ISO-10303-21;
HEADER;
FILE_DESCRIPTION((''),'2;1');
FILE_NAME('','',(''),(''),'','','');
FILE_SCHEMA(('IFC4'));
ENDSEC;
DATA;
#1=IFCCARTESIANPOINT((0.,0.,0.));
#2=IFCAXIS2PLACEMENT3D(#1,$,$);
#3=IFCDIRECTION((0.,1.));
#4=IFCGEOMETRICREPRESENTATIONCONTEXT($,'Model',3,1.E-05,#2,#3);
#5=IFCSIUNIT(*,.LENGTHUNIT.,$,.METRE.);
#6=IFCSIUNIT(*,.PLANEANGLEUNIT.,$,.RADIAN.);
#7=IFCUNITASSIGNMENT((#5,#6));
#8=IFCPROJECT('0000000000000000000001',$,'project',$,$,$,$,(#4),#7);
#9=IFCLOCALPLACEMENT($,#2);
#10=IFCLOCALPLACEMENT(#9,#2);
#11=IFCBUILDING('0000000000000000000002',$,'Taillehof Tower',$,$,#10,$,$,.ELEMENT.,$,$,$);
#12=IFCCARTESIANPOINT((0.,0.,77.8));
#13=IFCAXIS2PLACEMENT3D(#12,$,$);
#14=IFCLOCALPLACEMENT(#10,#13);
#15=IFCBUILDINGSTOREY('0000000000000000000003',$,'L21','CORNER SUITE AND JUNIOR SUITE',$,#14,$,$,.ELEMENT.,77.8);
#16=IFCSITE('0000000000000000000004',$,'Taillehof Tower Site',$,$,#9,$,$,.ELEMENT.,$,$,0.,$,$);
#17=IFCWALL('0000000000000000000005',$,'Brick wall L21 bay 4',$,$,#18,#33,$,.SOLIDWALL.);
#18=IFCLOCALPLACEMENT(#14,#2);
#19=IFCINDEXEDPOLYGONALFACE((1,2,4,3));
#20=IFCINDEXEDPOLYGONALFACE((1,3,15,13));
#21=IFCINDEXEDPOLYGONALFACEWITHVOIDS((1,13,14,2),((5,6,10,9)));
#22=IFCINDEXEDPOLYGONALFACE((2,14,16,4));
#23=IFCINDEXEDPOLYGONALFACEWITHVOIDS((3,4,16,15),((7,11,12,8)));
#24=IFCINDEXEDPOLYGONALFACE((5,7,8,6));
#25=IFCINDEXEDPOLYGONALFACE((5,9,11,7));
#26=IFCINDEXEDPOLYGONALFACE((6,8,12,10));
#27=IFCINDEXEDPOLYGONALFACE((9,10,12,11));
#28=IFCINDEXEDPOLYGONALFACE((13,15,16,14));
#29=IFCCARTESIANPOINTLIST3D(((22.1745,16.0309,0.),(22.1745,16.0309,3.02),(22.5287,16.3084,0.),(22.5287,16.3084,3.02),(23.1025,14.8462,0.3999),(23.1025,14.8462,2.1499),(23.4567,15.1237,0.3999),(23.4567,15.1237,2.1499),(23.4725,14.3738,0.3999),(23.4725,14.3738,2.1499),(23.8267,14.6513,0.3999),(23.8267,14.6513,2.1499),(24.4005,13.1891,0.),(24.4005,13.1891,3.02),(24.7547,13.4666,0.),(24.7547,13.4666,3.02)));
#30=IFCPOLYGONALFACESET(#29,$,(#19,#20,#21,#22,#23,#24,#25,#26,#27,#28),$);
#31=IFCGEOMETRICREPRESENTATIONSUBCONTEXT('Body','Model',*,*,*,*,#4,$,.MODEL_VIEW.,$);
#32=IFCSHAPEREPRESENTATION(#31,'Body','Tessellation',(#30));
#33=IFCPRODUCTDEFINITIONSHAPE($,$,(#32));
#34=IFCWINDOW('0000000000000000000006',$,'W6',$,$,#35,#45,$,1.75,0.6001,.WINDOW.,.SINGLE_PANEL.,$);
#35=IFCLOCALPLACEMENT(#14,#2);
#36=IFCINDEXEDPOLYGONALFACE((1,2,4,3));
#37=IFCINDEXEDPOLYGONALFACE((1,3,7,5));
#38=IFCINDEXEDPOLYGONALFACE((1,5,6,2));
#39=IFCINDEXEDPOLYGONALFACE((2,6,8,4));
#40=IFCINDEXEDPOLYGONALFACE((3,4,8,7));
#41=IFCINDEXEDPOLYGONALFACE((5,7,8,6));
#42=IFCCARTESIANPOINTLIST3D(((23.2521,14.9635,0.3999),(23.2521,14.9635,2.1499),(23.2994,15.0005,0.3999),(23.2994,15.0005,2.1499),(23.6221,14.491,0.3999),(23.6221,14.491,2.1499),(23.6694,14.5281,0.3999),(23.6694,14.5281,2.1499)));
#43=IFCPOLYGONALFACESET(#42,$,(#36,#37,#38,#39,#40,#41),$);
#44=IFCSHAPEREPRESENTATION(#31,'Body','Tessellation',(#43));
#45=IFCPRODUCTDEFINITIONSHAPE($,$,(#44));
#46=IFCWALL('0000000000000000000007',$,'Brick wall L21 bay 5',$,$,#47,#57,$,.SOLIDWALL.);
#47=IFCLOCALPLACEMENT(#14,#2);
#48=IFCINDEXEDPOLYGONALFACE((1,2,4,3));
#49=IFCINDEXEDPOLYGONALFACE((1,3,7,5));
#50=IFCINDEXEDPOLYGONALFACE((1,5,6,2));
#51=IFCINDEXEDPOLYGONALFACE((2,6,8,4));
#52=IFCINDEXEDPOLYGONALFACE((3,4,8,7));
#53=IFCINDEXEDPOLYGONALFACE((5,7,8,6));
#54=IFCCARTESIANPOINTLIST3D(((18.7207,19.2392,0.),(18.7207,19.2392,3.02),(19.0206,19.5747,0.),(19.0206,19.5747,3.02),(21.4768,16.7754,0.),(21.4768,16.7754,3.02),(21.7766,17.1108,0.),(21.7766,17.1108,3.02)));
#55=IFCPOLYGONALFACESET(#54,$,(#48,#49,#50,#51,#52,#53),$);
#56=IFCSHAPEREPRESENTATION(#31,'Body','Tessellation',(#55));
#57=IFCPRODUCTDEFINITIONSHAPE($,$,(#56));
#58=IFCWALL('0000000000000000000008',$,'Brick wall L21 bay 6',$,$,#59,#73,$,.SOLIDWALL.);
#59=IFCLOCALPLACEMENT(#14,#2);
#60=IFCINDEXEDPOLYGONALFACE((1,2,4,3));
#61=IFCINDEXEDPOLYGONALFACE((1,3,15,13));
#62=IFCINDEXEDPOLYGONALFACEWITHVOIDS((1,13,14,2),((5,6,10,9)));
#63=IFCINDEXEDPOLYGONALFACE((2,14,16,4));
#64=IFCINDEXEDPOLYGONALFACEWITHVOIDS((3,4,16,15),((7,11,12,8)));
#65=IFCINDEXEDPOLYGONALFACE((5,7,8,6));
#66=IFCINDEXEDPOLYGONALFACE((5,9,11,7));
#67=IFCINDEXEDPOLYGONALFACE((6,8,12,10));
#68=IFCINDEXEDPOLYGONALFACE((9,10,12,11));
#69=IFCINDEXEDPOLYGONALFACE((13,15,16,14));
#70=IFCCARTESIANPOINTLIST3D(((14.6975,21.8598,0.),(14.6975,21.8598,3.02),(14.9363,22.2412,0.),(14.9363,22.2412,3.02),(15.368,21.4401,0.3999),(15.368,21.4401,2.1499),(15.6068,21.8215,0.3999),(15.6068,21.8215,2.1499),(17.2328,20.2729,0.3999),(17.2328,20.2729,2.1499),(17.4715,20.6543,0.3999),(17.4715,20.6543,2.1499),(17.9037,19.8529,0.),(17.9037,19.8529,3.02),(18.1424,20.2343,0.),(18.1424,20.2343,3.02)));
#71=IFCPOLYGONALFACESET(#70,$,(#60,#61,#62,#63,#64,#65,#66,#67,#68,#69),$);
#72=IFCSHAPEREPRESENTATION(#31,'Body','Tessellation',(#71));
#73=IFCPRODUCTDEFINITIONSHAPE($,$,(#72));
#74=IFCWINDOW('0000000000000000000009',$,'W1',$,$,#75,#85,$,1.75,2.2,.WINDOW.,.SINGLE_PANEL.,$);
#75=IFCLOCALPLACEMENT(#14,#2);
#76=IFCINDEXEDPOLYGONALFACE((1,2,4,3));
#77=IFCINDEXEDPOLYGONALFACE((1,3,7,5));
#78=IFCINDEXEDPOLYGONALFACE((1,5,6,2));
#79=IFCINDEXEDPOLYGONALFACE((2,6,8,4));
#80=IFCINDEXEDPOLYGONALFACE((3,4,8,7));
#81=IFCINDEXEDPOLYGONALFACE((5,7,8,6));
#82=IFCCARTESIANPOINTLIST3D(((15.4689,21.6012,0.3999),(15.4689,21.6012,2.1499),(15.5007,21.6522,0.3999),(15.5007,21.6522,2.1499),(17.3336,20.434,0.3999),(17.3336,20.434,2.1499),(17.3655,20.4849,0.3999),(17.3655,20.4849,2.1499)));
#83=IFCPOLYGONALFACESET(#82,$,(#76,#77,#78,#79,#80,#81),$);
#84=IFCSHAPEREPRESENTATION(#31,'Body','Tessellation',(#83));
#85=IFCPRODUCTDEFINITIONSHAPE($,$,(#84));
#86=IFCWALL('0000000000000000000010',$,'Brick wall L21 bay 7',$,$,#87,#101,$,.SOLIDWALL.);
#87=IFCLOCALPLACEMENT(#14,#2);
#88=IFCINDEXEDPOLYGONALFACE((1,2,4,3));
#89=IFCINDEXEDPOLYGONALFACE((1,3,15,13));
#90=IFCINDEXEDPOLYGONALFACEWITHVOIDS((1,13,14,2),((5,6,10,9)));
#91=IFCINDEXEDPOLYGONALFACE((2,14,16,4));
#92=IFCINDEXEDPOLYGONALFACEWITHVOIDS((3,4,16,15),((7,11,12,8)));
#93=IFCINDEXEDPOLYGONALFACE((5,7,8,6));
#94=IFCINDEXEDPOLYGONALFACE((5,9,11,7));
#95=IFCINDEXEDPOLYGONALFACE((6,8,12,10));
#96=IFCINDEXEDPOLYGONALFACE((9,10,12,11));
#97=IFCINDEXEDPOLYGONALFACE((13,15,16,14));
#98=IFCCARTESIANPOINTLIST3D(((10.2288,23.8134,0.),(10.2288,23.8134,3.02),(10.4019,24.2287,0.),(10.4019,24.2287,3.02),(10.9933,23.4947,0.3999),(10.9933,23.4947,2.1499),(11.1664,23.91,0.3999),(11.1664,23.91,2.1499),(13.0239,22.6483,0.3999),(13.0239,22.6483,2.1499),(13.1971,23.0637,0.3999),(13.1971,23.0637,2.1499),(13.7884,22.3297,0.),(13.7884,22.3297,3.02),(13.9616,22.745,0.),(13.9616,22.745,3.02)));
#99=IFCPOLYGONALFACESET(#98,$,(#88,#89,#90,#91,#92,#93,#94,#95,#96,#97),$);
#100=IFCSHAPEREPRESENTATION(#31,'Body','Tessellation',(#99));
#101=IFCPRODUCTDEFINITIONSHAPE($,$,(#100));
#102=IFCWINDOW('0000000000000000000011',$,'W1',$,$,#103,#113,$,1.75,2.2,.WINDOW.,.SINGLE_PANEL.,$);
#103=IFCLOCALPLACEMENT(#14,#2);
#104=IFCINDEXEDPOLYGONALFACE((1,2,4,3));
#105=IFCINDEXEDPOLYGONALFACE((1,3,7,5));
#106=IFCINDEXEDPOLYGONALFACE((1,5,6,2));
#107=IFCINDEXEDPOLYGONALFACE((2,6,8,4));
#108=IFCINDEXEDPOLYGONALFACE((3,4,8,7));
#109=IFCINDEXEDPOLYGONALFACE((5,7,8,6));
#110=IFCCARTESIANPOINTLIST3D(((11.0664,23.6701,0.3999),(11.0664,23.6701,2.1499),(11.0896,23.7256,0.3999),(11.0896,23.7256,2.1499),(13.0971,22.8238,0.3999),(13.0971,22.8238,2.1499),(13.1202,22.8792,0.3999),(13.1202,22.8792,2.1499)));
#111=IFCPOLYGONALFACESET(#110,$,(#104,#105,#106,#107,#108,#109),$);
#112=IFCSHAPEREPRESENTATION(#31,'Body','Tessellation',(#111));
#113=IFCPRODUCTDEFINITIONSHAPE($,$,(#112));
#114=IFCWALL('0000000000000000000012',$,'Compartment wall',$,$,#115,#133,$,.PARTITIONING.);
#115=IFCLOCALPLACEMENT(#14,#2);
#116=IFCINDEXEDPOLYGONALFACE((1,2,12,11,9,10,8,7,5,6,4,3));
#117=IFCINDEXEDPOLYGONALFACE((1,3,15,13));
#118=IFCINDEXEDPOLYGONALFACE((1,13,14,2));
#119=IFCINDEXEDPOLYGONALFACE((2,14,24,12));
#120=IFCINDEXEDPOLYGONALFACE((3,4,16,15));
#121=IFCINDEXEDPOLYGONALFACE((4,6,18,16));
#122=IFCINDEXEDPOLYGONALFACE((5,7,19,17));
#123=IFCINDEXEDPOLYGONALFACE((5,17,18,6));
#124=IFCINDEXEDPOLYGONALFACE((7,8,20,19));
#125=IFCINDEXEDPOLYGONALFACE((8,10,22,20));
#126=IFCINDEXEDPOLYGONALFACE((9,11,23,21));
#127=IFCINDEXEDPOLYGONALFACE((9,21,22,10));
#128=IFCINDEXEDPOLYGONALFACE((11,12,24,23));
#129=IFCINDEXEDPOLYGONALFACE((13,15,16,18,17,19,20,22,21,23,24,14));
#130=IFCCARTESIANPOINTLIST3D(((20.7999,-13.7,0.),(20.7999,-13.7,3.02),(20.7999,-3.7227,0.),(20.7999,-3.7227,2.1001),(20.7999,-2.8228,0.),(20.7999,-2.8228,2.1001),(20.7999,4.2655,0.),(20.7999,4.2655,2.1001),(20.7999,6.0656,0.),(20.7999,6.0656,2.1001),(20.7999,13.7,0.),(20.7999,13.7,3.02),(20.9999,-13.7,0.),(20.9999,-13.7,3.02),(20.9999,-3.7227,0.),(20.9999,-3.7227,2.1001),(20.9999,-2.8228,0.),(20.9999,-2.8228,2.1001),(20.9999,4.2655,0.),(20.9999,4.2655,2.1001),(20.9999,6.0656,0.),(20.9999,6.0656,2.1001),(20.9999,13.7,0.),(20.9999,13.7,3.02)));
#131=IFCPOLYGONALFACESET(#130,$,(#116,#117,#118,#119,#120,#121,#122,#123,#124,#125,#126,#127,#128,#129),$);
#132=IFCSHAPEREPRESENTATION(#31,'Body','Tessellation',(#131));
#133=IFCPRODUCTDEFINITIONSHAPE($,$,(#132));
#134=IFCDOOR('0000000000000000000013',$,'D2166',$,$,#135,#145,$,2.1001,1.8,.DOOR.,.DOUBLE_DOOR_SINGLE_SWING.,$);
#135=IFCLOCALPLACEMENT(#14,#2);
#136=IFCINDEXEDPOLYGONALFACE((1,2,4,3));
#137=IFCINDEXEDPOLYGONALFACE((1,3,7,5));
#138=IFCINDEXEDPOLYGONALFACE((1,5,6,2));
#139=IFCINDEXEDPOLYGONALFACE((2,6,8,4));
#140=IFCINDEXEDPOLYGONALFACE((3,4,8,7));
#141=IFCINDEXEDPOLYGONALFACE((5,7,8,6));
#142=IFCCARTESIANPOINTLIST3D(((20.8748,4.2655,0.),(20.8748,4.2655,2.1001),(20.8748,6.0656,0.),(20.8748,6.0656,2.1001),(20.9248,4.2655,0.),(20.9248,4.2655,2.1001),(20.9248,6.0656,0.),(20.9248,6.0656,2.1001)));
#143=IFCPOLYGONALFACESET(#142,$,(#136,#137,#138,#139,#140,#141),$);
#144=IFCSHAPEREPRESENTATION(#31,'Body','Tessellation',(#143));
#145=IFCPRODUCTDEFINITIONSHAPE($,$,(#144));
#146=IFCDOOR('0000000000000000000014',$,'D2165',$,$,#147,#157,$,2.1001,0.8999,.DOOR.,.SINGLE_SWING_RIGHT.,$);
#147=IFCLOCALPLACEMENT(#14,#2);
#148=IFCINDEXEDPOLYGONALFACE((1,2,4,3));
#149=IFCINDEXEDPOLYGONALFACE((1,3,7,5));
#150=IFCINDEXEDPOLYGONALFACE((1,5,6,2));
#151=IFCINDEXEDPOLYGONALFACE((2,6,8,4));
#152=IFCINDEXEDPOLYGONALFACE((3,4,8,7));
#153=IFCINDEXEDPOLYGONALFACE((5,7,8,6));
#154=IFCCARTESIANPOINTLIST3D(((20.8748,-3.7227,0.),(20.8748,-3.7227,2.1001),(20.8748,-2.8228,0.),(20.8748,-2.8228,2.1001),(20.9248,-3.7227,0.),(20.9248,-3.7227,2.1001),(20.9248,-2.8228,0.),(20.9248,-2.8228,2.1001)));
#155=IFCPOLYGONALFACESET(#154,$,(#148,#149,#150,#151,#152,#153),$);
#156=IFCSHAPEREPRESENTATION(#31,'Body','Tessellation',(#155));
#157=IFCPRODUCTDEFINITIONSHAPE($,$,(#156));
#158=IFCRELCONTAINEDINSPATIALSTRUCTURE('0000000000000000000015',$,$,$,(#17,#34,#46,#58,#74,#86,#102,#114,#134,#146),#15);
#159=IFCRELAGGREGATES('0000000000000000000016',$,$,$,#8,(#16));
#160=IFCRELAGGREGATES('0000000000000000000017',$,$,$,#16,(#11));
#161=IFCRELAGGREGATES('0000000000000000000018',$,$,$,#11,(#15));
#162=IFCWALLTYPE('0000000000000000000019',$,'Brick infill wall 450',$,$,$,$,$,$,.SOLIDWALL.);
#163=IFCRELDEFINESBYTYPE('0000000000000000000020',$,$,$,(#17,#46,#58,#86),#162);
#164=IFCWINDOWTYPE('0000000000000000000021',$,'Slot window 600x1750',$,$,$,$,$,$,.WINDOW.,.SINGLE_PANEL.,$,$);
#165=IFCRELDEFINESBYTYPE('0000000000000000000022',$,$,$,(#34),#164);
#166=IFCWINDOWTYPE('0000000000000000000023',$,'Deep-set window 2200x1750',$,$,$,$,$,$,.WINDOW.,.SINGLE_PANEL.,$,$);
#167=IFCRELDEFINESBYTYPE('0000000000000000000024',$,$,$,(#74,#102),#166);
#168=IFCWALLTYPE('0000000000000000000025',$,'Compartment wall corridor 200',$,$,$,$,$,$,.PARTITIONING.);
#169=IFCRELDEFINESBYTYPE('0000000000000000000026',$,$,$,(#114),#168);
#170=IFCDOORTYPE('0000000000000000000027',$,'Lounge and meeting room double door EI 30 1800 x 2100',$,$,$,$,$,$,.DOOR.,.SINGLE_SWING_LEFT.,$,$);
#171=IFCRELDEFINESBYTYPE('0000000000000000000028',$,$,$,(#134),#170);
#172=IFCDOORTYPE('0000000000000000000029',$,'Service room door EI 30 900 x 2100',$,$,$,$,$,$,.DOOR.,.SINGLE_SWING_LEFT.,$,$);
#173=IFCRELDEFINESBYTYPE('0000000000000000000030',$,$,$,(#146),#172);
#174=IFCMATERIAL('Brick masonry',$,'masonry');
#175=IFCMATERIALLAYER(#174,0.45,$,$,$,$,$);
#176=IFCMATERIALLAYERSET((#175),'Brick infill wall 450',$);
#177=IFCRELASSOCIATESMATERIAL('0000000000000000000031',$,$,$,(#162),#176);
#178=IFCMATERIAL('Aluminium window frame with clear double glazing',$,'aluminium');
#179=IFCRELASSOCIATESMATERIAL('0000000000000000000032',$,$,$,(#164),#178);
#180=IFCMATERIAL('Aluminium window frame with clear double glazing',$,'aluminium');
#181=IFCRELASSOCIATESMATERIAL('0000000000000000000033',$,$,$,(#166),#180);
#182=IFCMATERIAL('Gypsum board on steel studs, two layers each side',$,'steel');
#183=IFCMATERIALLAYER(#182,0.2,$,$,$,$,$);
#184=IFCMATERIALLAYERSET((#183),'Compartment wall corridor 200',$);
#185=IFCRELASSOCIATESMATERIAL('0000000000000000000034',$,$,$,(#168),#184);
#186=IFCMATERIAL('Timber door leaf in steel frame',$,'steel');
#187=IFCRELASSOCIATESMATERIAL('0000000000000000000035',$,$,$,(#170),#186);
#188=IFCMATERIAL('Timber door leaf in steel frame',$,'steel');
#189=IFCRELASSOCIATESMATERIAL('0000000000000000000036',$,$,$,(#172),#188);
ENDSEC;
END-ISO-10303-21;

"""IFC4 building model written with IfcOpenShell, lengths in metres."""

from ifc_helpers import new_model, si_unit, direction, frame, frame_2d, origin, place, context, subcontext, project, spatial, rectangle, extrude, material, layer, layer_set, type_object, element, fill, save


model = new_model("IFC4")

# Units and contexts
model_context = context("Model", 3, precision=1e-05, world=origin(), true_north=direction((0.0, 1.0)))
body_context = subcontext(model_context, "Body", "Model", "MODEL_VIEW")
ifc_project = project(units=[si_unit("LENGTHUNIT", "METRE"), si_unit("PLANEANGLEUNIT", "RADIAN")], contexts=[model_context])

# Site, building, storey
site_placement = place(None, origin())
site = spatial("IfcSite", under=ifc_project, at=site_placement, Name="Taillehof Tower Site", CompositionType="ELEMENT", RefElevation=0.0)
building_placement = place(site_placement, origin())
building = spatial("IfcBuilding", under=site, at=building_placement, Name="Taillehof Tower", CompositionType="ELEMENT")
storey_placement = place(building_placement, frame((0.0, 0.0, 77.8)))
storey = spatial("IfcBuildingStorey", under=building, at=storey_placement, Name="L21", Description="CORNER SUITE AND JUNIOR SUITE", CompositionType="ELEMENT", Elevation=77.8)

# Wall, opening, window
ifc_material_1 = material(Name="Brick masonry", Category="masonry")
ifc_layer_1 = layer(ifc_material_1, 0.45)
ifc_layer_set_1 = layer_set([ifc_layer_1], Name="Brick infill wall 450")
wall_type_1 = type_object("IfcWallType", Name="Brick infill wall 450", PredefinedType="SOLIDWALL", material=ifc_layer_set_1)
wall_1_placement = place(storey_placement, frame((24.5776, 13.3279, 0.0), z_axis=(0.0, 0.0, 1.0), x_axis=(-0.616662, 0.787228, 0.0)))
wall_1 = element("IfcWall", 1, at=wall_1_placement, inside=storey, type_object=wall_type_1, Name="Brick wall L21 bay 4", PredefinedType="SOLIDWALL", context=body_context, shape_type="SweptSolid", body=[
    extrude(rectangle(XDim=3.6099, YDim=0.45, at=frame_2d((1.8049, 0.0))), origin(), (0.0, 0.0, 1.0), 3.02),
])
opening_1_placement = place(wall_1_placement, frame((1.5049, 0.0, 0.3999)))
opening_1 = element("IfcOpeningElement", 2, at=opening_1_placement, cuts=wall_1, PredefinedType="OPENING", context=body_context, shape_type="SweptSolid", body=[
    extrude(rectangle(XDim=0.6001, YDim=1.75, at=frame_2d((0.3, 0.875))), frame((0.0, 0.2349, 0.0), z_axis=(0.0, -1.0, 0.0), x_axis=(1.0, 0.0, 0.0)), (0.0, 0.0, 1.0), 0.47),
])
ifc_material_2 = material(Name="Aluminium window frame with clear double glazing", Category="aluminium")
window_type_1 = type_object("IfcWindowType", Name="Slot window 600x1750", PartitioningType="SINGLE_PANEL", PredefinedType="WINDOW", material=ifc_material_2)
window_1_placement = place(opening_1_placement, origin())
window_1 = element("IfcWindow", 3, at=window_1_placement, inside=storey, type_object=window_type_1, Name="W6", OverallHeight=1.75, OverallWidth=0.6001, PartitioningType="SINGLE_PANEL", PredefinedType="WINDOW", context=body_context, shape_type="SweptSolid", body=[
    extrude(rectangle(XDim=0.6001, YDim=1.75, at=frame_2d((0.3, 0.875))), frame((0.0, 0.0349, 0.0), z_axis=(0.0, -1.0, 0.0), x_axis=(1.0, 0.0, 0.0)), (0.0, 0.0, 1.0), 0.0601),
])
fill(opening_1, window_1)

# Wall
wall_2_placement = place(storey_placement, frame((21.6267, 16.9431, 0.0), z_axis=(0.0, 0.0, 1.0), x_axis=(-0.745526, 0.666476, 0.0)))
element("IfcWall", 4, at=wall_2_placement, inside=storey, type_object=wall_type_1, Name="Brick wall L21 bay 5", PredefinedType="SOLIDWALL", context=body_context, shape_type="SweptSolid", body=[
    extrude(rectangle(XDim=3.6968, YDim=0.45, at=frame_2d((1.8484, 0.0))), origin(), (0.0, 0.0, 1.0), 3.02),
])

# Walls, openings, windows
wall_3_placement = place(storey_placement, frame((18.0229, 20.0437, 0.0), z_axis=(0.0, 0.0, 1.0), x_axis=(-0.847635, 0.530579, 0.0)))
wall_3 = element("IfcWall", 5, at=wall_3_placement, inside=storey, type_object=wall_type_1, Name="Brick wall L21 bay 6", PredefinedType="SOLIDWALL", context=body_context, shape_type="SweptSolid", body=[
    extrude(rectangle(XDim=3.7825, YDim=0.45, at=frame_2d((1.8911, 0.0))), origin(), (0.0, 0.0, 1.0), 3.02),
])
opening_2_placement = place(wall_3_placement, frame((0.7913, 0.0, 0.3999)))
opening_2 = element("IfcOpeningElement", 6, at=opening_2_placement, cuts=wall_3, PredefinedType="OPENING", context=body_context, shape_type="SweptSolid", body=[
    extrude(rectangle(XDim=2.2, YDim=1.75, at=frame_2d((1.1001, 0.875))), frame((0.0, 0.2349, 0.0), z_axis=(0.0, -1.0, 0.0), x_axis=(1.0, 0.0, 0.0)), (0.0, 0.0, 1.0), 0.47),
])
ifc_material_3 = material(Name="Aluminium window frame with clear double glazing", Category="aluminium")
window_type_2 = type_object("IfcWindowType", Name="Deep-set window 2200x1750", PartitioningType="SINGLE_PANEL", PredefinedType="WINDOW", material=ifc_material_3)
window_2_placement = place(opening_2_placement, origin())
window_2 = element("IfcWindow", 7, at=window_2_placement, inside=storey, type_object=window_type_2, Name="W1", OverallHeight=1.75, OverallWidth=2.2, PartitioningType="SINGLE_PANEL", PredefinedType="WINDOW", context=body_context, shape_type="SweptSolid", body=[
    extrude(rectangle(XDim=2.2, YDim=1.75, at=frame_2d((1.1001, 0.875))), frame((0.0, 0.0349, 0.0), z_axis=(0.0, -1.0, 0.0), x_axis=(1.0, 0.0, 0.0)), (0.0, 0.0, 1.0), 0.0601),
])
fill(opening_2, window_2)
wall_4_placement = place(storey_placement, frame((13.875, 22.5374, 0.0), z_axis=(0.0, 0.0, 1.0), x_axis=(-0.923032, 0.384723, 0.0)))
wall_4 = element("IfcWall", 8, at=wall_4_placement, inside=storey, type_object=wall_type_1, Name="Brick wall L21 bay 7", PredefinedType="SOLIDWALL", context=body_context, shape_type="SweptSolid", body=[
    extrude(rectangle(XDim=3.8564, YDim=0.45, at=frame_2d((1.9282, 0.0))), origin(), (0.0, 0.0, 1.0), 3.02),
])
opening_3_placement = place(wall_4_placement, frame((0.8281, 0.0, 0.3999)))
opening_3 = element("IfcOpeningElement", 9, at=opening_3_placement, cuts=wall_4, PredefinedType="OPENING", context=body_context, shape_type="SweptSolid", body=[
    extrude(rectangle(XDim=2.2, YDim=1.75, at=frame_2d((1.1001, 0.875))), frame((0.0, 0.2349, 0.0), z_axis=(0.0, -1.0, 0.0), x_axis=(1.0, 0.0, 0.0)), (0.0, 0.0, 1.0), 0.47),
])
window_3_placement = place(opening_3_placement, origin())
window_3 = element("IfcWindow", 10, at=window_3_placement, inside=storey, type_object=window_type_2, Name="W1", OverallHeight=1.75, OverallWidth=2.2, PartitioningType="SINGLE_PANEL", PredefinedType="WINDOW", context=body_context, shape_type="SweptSolid", body=[
    extrude(rectangle(XDim=2.2, YDim=1.75, at=frame_2d((1.1001, 0.875))), frame((0.0, 0.0349, 0.0), z_axis=(0.0, -1.0, 0.0), x_axis=(1.0, 0.0, 0.0)), (0.0, 0.0, 1.0), 0.0601),
])
fill(opening_3, window_3)

# Wall, openings, doors
ifc_material_4 = material(Name="Gypsum board on steel studs, two layers each side", Category="steel")
ifc_layer_2 = layer(ifc_material_4, 0.2)
ifc_layer_set_2 = layer_set([ifc_layer_2], Name="Compartment wall corridor 200")
wall_type_2 = type_object("IfcWallType", Name="Compartment wall corridor 200", PredefinedType="PARTITIONING", material=ifc_layer_set_2)
wall_5_placement = place(storey_placement, frame((20.8999, 13.7, 0.0), z_axis=(0.0, 0.0, 1.0), x_axis=(0.0, -1.0, 0.0)))
wall_5 = element("IfcWall", 11, at=wall_5_placement, inside=storey, type_object=wall_type_2, Name="Compartment wall", PredefinedType="PARTITIONING", context=body_context, shape_type="SweptSolid", body=[
    extrude(rectangle(XDim=27.3999, YDim=0.2, at=frame_2d((13.7, 0.0))), origin(), (0.0, 0.0, 1.0), 3.02),
])
opening_4_placement = place(wall_5_placement, frame((16.5227, 0.0, 0.0)))
opening_4 = element("IfcOpeningElement", 12, at=opening_4_placement, cuts=wall_5, PredefinedType="OPENING", context=body_context, shape_type="SweptSolid", body=[
    extrude(rectangle(XDim=0.8999, YDim=2.1001, at=frame_2d((0.45, 1.05))), frame((0.0, 0.1099, 0.0), z_axis=(0.0, -1.0, 0.0), x_axis=(1.0, 0.0, 0.0)), (0.0, 0.0, 1.0), 0.22),
])
opening_5_placement = place(wall_5_placement, frame((7.6345, 0.0, 0.0)))
opening_5 = element("IfcOpeningElement", 13, at=opening_5_placement, cuts=wall_5, PredefinedType="OPENING", context=body_context, shape_type="SweptSolid", body=[
    extrude(rectangle(XDim=1.8, YDim=2.1001, at=frame_2d((0.8999, 1.05))), frame((0.0, 0.1099, 0.0), z_axis=(0.0, -1.0, 0.0), x_axis=(1.0, 0.0, 0.0)), (0.0, 0.0, 1.0), 0.22),
])
ifc_material_5 = material(Name="Timber door leaf in steel frame", Category="steel")
door_type_1 = type_object("IfcDoorType", Name="Lounge and meeting room double door EI 30 1800 x 2100", OperationType="SINGLE_SWING_LEFT", PredefinedType="DOOR", material=ifc_material_5)
door_1_placement = place(opening_5_placement, origin())
door_1 = element("IfcDoor", 14, at=door_1_placement, inside=storey, type_object=door_type_1, Name="D2166", OperationType="DOUBLE_DOOR_SINGLE_SWING", OverallHeight=2.1001, OverallWidth=1.8, PredefinedType="DOOR", context=body_context, shape_type="SweptSolid", body=[
    extrude(rectangle(XDim=1.8, YDim=2.1001, at=frame_2d((0.8999, 1.05))), frame((0.0, 0.0249, 0.0), z_axis=(0.0, -1.0, 0.0), x_axis=(1.0, 0.0, 0.0)), (0.0, 0.0, 1.0), 0.05),
])
fill(opening_5, door_1)
ifc_material_6 = material(Name="Timber door leaf in steel frame", Category="steel")
door_type_2 = type_object("IfcDoorType", Name="Service room door EI 30 900 x 2100", OperationType="SINGLE_SWING_LEFT", PredefinedType="DOOR", material=ifc_material_6)
door_2_placement = place(opening_4_placement, origin())
door_2 = element("IfcDoor", 15, at=door_2_placement, inside=storey, type_object=door_type_2, Name="D2165", OperationType="SINGLE_SWING_RIGHT", OverallHeight=2.1001, OverallWidth=0.8999, PredefinedType="DOOR", context=body_context, shape_type="SweptSolid", body=[
    extrude(rectangle(XDim=0.8999, YDim=2.1001, at=frame_2d((0.45, 1.05))), frame((0.0, 0.0249, 0.0), z_axis=(0.0, -1.0, 0.0), x_axis=(1.0, 0.0, 0.0)), (0.0, 0.0, 1.0), 0.05),
])
fill(opening_4, door_2)

save(model, "model.ifc")
